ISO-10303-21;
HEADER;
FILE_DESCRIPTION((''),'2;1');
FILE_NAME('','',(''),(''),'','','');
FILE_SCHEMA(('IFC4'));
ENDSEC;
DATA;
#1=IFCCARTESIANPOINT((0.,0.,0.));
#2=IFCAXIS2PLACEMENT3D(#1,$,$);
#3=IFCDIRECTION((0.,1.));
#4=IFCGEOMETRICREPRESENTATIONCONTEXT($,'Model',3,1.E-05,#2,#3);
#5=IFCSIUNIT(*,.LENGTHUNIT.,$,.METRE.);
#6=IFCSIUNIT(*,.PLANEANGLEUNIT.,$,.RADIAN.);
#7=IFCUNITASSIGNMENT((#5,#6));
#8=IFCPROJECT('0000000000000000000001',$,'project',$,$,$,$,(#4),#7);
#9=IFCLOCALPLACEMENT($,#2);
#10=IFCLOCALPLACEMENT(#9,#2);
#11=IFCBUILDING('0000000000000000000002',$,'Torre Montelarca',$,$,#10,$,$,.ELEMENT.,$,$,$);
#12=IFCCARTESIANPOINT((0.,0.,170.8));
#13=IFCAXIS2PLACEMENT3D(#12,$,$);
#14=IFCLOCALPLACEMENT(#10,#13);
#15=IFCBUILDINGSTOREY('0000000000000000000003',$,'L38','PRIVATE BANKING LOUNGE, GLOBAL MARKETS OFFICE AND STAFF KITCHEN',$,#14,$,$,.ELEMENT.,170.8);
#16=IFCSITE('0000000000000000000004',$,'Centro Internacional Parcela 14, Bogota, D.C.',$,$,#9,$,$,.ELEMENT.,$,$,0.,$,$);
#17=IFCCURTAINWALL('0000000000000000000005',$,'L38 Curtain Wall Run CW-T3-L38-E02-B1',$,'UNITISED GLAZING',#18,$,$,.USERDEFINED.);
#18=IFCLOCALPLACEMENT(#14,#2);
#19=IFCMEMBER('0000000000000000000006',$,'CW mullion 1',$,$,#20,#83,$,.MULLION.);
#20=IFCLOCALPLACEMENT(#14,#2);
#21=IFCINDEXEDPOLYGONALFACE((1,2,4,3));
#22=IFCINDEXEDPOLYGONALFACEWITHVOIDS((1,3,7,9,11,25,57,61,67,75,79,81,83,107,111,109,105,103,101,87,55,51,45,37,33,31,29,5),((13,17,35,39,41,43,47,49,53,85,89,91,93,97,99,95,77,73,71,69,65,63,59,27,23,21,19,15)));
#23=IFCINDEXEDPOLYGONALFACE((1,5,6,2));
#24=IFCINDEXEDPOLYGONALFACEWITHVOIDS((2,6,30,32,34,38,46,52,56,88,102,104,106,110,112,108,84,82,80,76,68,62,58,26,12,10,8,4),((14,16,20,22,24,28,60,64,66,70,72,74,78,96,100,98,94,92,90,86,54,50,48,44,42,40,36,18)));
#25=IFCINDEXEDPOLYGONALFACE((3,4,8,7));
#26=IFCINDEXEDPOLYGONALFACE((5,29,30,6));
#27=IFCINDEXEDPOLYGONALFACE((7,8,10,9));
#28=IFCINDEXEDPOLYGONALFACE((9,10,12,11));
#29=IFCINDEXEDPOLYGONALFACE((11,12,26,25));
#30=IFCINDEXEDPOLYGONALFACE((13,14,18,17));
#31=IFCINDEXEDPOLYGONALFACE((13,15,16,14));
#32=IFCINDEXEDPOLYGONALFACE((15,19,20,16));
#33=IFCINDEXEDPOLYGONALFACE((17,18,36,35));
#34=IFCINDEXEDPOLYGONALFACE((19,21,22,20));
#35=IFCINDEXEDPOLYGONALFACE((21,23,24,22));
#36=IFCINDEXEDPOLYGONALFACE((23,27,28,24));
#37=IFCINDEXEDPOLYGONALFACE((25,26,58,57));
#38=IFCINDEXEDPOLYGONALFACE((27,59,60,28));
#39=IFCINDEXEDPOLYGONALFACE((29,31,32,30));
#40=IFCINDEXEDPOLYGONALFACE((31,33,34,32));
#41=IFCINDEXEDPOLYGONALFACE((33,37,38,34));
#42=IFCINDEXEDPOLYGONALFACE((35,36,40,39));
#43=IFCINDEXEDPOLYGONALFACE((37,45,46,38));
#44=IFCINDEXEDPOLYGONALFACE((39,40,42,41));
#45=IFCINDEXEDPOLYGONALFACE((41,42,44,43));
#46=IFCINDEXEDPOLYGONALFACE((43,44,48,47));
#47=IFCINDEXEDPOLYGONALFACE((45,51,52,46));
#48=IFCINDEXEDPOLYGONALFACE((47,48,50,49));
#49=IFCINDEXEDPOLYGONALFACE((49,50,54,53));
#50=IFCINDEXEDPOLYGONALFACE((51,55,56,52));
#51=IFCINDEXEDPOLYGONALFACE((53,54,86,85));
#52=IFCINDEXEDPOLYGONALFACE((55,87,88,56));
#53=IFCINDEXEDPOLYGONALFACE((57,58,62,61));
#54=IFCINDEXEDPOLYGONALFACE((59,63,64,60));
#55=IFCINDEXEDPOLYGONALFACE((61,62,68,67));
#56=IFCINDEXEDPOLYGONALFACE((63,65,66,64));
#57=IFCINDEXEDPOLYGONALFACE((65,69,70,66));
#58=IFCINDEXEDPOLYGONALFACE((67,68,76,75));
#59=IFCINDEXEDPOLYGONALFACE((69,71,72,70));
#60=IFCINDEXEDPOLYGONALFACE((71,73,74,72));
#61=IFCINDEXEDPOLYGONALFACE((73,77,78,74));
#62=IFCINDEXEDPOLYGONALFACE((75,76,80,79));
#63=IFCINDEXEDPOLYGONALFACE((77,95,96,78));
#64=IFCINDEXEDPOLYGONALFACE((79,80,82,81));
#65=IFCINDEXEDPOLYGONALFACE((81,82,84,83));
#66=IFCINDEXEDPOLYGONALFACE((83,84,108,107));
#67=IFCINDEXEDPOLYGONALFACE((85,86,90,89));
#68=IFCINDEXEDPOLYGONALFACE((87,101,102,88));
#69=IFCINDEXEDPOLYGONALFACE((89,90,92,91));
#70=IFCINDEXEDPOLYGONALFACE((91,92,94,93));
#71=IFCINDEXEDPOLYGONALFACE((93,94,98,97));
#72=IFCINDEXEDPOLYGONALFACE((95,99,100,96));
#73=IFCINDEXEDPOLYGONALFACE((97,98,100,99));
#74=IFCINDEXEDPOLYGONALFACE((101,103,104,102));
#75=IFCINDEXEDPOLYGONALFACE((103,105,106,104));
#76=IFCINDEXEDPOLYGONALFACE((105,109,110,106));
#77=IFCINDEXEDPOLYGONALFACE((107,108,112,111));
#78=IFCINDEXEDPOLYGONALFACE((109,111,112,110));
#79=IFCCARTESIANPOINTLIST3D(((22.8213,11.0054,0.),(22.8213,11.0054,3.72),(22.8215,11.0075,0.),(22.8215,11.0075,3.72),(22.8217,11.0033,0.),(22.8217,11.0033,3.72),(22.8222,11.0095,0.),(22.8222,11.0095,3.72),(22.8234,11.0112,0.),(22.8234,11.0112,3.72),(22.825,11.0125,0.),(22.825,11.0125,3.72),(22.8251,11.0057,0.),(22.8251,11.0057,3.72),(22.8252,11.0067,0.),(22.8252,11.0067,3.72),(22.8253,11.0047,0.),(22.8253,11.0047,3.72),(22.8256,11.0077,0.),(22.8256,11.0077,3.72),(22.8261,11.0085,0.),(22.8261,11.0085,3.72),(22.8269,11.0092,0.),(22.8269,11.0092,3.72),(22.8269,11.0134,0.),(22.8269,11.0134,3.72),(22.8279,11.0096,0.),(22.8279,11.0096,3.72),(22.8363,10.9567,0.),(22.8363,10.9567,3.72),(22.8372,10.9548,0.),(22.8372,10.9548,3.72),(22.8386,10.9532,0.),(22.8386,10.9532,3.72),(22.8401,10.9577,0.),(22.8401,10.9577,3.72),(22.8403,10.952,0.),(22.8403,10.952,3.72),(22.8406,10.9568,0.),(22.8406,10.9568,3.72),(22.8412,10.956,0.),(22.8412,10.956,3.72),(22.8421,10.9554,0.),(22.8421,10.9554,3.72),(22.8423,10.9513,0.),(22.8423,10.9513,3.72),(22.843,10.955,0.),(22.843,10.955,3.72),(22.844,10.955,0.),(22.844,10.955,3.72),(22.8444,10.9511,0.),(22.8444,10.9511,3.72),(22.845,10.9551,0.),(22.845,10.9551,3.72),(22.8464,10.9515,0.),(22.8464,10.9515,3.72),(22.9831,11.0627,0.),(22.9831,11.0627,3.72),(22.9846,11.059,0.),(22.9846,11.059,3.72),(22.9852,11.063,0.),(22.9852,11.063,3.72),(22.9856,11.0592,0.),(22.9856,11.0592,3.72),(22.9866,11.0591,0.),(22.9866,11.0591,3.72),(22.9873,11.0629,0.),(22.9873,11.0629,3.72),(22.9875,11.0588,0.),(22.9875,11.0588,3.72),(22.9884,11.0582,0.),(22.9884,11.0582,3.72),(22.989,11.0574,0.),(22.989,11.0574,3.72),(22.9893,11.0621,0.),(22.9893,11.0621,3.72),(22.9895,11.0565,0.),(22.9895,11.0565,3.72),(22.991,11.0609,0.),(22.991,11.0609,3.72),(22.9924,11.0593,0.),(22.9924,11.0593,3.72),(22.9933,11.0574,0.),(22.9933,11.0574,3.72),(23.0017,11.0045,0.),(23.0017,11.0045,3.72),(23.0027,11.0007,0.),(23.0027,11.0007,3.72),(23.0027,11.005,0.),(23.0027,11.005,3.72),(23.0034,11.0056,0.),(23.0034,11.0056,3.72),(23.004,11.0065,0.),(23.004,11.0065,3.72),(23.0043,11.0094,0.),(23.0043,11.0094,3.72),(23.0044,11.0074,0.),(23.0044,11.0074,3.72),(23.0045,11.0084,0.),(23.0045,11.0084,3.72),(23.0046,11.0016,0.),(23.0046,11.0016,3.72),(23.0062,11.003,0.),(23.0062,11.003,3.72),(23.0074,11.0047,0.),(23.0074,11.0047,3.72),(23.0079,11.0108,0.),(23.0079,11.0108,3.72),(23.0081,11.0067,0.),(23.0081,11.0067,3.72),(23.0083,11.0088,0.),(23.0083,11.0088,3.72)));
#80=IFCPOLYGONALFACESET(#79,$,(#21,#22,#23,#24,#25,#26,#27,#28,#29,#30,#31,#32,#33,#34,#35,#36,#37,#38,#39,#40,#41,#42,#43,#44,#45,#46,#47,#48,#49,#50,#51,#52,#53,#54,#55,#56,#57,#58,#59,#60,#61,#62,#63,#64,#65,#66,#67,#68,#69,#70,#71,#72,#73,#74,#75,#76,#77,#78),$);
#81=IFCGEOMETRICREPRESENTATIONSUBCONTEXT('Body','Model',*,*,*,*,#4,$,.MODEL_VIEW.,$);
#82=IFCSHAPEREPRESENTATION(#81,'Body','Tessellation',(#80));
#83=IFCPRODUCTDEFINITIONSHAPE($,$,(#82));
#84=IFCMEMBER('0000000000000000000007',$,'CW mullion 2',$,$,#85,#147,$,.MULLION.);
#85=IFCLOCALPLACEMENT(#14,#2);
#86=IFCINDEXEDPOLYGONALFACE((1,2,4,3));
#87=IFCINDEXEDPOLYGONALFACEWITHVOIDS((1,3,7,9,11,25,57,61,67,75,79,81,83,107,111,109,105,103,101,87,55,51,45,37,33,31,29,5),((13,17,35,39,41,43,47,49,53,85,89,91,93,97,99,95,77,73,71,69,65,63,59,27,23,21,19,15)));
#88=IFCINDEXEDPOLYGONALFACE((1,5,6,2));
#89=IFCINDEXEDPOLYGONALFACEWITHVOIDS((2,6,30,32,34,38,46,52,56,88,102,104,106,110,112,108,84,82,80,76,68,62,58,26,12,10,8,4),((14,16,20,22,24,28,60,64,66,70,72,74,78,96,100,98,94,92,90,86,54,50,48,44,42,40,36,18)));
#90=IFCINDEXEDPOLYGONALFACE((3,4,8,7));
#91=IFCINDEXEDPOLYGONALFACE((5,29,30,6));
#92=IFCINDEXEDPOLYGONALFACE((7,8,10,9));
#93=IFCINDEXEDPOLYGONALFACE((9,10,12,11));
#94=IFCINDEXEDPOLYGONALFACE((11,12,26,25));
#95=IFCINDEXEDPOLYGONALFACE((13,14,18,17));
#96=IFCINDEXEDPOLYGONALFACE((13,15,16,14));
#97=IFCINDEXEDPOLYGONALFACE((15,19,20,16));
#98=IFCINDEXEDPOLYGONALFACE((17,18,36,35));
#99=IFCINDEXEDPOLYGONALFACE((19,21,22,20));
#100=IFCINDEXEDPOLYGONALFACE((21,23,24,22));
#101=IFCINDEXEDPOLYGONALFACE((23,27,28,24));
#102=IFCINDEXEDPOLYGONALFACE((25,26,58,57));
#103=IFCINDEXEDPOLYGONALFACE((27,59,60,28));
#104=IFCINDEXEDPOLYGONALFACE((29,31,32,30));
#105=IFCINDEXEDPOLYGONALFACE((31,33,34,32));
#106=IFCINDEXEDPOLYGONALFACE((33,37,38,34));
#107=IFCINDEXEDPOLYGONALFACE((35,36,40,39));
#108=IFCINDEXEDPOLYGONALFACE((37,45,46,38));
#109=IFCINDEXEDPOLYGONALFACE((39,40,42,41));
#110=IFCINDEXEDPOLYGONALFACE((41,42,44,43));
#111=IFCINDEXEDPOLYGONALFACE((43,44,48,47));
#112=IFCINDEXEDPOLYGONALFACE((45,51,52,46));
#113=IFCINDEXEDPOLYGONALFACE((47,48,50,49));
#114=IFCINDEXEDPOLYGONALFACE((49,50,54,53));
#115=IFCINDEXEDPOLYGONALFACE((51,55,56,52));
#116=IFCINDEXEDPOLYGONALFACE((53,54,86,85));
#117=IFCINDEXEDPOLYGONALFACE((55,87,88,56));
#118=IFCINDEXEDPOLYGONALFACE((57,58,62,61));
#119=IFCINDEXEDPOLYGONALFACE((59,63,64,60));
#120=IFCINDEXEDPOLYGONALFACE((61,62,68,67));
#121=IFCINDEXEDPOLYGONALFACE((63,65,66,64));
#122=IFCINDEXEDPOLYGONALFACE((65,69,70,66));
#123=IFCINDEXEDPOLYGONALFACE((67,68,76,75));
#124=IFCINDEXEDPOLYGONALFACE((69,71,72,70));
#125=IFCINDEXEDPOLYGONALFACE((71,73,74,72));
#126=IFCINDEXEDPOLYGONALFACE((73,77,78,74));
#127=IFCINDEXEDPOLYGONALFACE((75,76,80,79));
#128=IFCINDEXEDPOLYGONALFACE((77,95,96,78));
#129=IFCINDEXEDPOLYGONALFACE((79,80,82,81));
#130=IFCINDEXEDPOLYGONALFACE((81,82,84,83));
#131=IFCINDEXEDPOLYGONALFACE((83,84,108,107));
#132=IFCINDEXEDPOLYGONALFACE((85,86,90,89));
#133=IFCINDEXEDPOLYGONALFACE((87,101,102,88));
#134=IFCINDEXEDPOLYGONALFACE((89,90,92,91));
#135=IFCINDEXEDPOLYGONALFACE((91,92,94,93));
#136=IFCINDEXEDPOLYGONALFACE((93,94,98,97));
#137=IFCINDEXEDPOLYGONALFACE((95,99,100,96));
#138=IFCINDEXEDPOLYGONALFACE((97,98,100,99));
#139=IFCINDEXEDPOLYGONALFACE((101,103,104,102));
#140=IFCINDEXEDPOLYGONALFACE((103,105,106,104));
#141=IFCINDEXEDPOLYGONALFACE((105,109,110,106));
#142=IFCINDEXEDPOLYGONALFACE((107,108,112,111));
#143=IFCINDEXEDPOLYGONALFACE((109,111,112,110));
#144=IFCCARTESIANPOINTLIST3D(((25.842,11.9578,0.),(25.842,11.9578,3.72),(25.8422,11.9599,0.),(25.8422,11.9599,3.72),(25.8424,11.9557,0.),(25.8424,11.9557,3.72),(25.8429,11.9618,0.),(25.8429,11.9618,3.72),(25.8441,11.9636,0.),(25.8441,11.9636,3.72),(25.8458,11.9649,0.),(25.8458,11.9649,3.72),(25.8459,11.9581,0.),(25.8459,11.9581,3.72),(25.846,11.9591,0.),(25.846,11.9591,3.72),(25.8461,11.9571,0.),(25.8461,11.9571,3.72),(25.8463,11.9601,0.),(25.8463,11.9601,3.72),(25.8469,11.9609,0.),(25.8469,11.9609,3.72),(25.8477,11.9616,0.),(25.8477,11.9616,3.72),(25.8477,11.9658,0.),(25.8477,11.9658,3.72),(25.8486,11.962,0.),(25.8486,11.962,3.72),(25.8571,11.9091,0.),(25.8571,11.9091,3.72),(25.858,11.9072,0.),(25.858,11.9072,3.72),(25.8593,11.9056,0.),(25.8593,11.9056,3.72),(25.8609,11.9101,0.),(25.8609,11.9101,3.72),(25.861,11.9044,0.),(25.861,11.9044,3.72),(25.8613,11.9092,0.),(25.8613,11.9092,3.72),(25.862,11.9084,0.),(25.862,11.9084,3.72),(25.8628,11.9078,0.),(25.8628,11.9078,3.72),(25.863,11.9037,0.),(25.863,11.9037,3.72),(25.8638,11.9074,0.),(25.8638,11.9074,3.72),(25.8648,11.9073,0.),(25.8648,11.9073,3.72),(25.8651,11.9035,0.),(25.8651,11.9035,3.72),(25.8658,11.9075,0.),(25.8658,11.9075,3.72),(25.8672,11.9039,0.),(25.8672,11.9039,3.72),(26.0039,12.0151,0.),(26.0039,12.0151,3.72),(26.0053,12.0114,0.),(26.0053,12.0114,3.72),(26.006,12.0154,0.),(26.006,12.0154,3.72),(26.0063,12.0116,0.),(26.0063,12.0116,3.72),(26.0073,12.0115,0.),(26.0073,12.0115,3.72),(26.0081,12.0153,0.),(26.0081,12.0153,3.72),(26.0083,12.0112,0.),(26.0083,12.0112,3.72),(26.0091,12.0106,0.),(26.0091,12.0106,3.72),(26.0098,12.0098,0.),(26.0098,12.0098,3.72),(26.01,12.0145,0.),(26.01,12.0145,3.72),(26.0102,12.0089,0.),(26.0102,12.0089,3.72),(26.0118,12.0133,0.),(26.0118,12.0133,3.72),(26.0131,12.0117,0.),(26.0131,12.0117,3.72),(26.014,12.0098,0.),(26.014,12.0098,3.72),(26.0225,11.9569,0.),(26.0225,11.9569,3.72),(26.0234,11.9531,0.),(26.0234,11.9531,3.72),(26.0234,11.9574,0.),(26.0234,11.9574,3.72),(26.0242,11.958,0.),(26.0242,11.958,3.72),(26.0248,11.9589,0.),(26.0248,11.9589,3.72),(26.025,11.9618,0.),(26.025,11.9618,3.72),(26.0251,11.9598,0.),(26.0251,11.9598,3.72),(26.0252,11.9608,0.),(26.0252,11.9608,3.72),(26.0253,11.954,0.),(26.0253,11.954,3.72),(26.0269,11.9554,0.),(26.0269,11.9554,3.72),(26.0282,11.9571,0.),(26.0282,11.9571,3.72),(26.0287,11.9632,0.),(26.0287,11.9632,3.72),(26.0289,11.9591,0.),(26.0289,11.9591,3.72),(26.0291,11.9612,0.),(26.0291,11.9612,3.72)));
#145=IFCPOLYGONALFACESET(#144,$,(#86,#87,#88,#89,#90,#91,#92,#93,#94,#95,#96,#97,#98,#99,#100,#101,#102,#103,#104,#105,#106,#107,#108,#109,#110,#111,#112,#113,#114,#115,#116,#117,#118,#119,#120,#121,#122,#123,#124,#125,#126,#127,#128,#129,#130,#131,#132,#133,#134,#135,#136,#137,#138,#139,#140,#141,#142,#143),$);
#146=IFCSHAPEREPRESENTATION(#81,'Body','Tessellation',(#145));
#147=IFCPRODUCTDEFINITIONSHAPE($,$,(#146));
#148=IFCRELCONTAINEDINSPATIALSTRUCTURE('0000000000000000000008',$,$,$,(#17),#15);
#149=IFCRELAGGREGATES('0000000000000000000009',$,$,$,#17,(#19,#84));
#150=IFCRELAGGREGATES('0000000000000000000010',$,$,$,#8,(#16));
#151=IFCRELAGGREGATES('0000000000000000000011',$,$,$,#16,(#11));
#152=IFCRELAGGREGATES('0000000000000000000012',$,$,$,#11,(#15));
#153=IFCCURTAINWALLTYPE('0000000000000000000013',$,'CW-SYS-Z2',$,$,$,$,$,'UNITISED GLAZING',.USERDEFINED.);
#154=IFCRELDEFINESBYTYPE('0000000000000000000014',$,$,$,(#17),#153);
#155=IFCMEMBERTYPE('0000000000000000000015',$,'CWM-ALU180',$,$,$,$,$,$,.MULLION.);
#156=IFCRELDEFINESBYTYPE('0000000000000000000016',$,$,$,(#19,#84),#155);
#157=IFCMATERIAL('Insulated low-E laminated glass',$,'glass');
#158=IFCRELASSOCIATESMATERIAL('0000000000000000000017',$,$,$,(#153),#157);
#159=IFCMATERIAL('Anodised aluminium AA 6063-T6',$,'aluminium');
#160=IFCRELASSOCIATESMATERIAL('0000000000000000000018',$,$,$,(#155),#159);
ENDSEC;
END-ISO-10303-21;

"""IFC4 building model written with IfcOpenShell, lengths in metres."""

from ifc_helpers import new_model, si_unit, direction, frame, origin, origin_2d, place, context, subcontext, project, spatial, hollow_rectangle, extrude, source, transform, mapped, material, material_profile, profile_set, type_object, element, aggregate, save


model = new_model("IFC4")

# Units and contexts
model_context = context("Model", 3, precision=1e-05, world=origin(), true_north=direction((0.0, 1.0)))
body_context = subcontext(model_context, "Body", "Model", "MODEL_VIEW")
ifc_project = project(units=[si_unit("LENGTHUNIT", "METRE"), si_unit("PLANEANGLEUNIT", "RADIAN")], contexts=[model_context])

# Site, building, storey
site_placement = place(None, origin())
site = spatial("IfcSite", under=ifc_project, at=site_placement, Name="Centro Internacional Parcela 14, Bogota, D.C.", CompositionType="ELEMENT", RefElevation=0.0)
building_placement = place(site_placement, origin())
building = spatial("IfcBuilding", under=site, at=building_placement, Name="Torre Montelarca", CompositionType="ELEMENT")
storey_placement = place(building_placement, frame((0.0, 0.0, 170.8)))
storey = spatial("IfcBuildingStorey", under=building, at=storey_placement, Name="L38", Description="PRIVATE BANKING LOUNGE, GLOBAL MARKETS OFFICE AND STAFF KITCHEN", CompositionType="ELEMENT", Elevation=170.8)

# Curtain wall
ifc_material_1 = material(Name="Insulated low-E laminated glass", Category="glass")
curtain_wall_type = type_object("IfcCurtainWallType", Name="CW-SYS-Z2", ElementType="UNITISED GLAZING", PredefinedType="USERDEFINED", material=ifc_material_1)
curtain_wall_1_placement = place(storey_placement, origin())
curtain_wall_1 = element("IfcCurtainWall", 1, at=curtain_wall_1_placement, inside=storey, type_object=curtain_wall_type, Name="L38 Curtain Wall Run CW-T3-L38-E02-B1", ObjectType="UNITISED GLAZING", PredefinedType="USERDEFINED")
ifc_material_2 = material(Name="Anodised aluminium AA 6063-T6", Category="aluminium")

# Shared definitions
ifc_material_profile_1 = material_profile(ifc_material_2, hollow_rectangle(XDim=0.0649, YDim=0.1799, WallThickness=0.0039, InnerFilletRadius=0.0039, OuterFilletRadius=0.0081, at=origin_2d()), Name="ALU65X180X4", Category="aluminium")
ifc_profile_set_1 = profile_set([ifc_material_profile_1], Name="Anodised aluminium AA 6063-T6")
member_type_1 = type_object("IfcMemberType", Name="CWM-ALU180", PredefinedType="MULLION", material=ifc_profile_set_1)
shared_shape_1 = source(origin(), body_context, "Body", "SweptSolid", [
    extrude(hollow_rectangle(XDim=0.0649, YDim=0.1799, WallThickness=0.0039, InnerFilletRadius=0.0039, OuterFilletRadius=0.0081, at=origin_2d()), origin(), (0.0, 0.0, 1.0), 3.72),
])

# Members
member_1_placement = place(storey_placement, frame((22.9148, 11.0071, 0.0), z_axis=(0.0, 0.0, 1.0), x_axis=(-0.300703, 0.953718, 0.0)))
member_1 = element("IfcMember", 2, at=member_1_placement, type_object=member_type_1, Name="CW mullion 1", PredefinedType="MULLION", context=body_context, shape_type="MappedRepresentation", body=[
    mapped(shared_shape_1, transform((0.0, 0.0, 0.0), scale=1.0)),
])
member_2_placement = place(storey_placement, frame((25.9355, 11.9595, 0.0), z_axis=(0.0, 0.0, 1.0), x_axis=(-0.300703, 0.953718, 0.0)))
member_2 = element("IfcMember", 3, at=member_2_placement, type_object=member_type_1, Name="CW mullion 2", PredefinedType="MULLION", context=body_context, shape_type="MappedRepresentation", body=[
    mapped(shared_shape_1, transform((0.0, 0.0, 0.0), scale=1.0)),
])

aggregate(curtain_wall_1, [member_1, member_2])

save(model, "model.ifc")
